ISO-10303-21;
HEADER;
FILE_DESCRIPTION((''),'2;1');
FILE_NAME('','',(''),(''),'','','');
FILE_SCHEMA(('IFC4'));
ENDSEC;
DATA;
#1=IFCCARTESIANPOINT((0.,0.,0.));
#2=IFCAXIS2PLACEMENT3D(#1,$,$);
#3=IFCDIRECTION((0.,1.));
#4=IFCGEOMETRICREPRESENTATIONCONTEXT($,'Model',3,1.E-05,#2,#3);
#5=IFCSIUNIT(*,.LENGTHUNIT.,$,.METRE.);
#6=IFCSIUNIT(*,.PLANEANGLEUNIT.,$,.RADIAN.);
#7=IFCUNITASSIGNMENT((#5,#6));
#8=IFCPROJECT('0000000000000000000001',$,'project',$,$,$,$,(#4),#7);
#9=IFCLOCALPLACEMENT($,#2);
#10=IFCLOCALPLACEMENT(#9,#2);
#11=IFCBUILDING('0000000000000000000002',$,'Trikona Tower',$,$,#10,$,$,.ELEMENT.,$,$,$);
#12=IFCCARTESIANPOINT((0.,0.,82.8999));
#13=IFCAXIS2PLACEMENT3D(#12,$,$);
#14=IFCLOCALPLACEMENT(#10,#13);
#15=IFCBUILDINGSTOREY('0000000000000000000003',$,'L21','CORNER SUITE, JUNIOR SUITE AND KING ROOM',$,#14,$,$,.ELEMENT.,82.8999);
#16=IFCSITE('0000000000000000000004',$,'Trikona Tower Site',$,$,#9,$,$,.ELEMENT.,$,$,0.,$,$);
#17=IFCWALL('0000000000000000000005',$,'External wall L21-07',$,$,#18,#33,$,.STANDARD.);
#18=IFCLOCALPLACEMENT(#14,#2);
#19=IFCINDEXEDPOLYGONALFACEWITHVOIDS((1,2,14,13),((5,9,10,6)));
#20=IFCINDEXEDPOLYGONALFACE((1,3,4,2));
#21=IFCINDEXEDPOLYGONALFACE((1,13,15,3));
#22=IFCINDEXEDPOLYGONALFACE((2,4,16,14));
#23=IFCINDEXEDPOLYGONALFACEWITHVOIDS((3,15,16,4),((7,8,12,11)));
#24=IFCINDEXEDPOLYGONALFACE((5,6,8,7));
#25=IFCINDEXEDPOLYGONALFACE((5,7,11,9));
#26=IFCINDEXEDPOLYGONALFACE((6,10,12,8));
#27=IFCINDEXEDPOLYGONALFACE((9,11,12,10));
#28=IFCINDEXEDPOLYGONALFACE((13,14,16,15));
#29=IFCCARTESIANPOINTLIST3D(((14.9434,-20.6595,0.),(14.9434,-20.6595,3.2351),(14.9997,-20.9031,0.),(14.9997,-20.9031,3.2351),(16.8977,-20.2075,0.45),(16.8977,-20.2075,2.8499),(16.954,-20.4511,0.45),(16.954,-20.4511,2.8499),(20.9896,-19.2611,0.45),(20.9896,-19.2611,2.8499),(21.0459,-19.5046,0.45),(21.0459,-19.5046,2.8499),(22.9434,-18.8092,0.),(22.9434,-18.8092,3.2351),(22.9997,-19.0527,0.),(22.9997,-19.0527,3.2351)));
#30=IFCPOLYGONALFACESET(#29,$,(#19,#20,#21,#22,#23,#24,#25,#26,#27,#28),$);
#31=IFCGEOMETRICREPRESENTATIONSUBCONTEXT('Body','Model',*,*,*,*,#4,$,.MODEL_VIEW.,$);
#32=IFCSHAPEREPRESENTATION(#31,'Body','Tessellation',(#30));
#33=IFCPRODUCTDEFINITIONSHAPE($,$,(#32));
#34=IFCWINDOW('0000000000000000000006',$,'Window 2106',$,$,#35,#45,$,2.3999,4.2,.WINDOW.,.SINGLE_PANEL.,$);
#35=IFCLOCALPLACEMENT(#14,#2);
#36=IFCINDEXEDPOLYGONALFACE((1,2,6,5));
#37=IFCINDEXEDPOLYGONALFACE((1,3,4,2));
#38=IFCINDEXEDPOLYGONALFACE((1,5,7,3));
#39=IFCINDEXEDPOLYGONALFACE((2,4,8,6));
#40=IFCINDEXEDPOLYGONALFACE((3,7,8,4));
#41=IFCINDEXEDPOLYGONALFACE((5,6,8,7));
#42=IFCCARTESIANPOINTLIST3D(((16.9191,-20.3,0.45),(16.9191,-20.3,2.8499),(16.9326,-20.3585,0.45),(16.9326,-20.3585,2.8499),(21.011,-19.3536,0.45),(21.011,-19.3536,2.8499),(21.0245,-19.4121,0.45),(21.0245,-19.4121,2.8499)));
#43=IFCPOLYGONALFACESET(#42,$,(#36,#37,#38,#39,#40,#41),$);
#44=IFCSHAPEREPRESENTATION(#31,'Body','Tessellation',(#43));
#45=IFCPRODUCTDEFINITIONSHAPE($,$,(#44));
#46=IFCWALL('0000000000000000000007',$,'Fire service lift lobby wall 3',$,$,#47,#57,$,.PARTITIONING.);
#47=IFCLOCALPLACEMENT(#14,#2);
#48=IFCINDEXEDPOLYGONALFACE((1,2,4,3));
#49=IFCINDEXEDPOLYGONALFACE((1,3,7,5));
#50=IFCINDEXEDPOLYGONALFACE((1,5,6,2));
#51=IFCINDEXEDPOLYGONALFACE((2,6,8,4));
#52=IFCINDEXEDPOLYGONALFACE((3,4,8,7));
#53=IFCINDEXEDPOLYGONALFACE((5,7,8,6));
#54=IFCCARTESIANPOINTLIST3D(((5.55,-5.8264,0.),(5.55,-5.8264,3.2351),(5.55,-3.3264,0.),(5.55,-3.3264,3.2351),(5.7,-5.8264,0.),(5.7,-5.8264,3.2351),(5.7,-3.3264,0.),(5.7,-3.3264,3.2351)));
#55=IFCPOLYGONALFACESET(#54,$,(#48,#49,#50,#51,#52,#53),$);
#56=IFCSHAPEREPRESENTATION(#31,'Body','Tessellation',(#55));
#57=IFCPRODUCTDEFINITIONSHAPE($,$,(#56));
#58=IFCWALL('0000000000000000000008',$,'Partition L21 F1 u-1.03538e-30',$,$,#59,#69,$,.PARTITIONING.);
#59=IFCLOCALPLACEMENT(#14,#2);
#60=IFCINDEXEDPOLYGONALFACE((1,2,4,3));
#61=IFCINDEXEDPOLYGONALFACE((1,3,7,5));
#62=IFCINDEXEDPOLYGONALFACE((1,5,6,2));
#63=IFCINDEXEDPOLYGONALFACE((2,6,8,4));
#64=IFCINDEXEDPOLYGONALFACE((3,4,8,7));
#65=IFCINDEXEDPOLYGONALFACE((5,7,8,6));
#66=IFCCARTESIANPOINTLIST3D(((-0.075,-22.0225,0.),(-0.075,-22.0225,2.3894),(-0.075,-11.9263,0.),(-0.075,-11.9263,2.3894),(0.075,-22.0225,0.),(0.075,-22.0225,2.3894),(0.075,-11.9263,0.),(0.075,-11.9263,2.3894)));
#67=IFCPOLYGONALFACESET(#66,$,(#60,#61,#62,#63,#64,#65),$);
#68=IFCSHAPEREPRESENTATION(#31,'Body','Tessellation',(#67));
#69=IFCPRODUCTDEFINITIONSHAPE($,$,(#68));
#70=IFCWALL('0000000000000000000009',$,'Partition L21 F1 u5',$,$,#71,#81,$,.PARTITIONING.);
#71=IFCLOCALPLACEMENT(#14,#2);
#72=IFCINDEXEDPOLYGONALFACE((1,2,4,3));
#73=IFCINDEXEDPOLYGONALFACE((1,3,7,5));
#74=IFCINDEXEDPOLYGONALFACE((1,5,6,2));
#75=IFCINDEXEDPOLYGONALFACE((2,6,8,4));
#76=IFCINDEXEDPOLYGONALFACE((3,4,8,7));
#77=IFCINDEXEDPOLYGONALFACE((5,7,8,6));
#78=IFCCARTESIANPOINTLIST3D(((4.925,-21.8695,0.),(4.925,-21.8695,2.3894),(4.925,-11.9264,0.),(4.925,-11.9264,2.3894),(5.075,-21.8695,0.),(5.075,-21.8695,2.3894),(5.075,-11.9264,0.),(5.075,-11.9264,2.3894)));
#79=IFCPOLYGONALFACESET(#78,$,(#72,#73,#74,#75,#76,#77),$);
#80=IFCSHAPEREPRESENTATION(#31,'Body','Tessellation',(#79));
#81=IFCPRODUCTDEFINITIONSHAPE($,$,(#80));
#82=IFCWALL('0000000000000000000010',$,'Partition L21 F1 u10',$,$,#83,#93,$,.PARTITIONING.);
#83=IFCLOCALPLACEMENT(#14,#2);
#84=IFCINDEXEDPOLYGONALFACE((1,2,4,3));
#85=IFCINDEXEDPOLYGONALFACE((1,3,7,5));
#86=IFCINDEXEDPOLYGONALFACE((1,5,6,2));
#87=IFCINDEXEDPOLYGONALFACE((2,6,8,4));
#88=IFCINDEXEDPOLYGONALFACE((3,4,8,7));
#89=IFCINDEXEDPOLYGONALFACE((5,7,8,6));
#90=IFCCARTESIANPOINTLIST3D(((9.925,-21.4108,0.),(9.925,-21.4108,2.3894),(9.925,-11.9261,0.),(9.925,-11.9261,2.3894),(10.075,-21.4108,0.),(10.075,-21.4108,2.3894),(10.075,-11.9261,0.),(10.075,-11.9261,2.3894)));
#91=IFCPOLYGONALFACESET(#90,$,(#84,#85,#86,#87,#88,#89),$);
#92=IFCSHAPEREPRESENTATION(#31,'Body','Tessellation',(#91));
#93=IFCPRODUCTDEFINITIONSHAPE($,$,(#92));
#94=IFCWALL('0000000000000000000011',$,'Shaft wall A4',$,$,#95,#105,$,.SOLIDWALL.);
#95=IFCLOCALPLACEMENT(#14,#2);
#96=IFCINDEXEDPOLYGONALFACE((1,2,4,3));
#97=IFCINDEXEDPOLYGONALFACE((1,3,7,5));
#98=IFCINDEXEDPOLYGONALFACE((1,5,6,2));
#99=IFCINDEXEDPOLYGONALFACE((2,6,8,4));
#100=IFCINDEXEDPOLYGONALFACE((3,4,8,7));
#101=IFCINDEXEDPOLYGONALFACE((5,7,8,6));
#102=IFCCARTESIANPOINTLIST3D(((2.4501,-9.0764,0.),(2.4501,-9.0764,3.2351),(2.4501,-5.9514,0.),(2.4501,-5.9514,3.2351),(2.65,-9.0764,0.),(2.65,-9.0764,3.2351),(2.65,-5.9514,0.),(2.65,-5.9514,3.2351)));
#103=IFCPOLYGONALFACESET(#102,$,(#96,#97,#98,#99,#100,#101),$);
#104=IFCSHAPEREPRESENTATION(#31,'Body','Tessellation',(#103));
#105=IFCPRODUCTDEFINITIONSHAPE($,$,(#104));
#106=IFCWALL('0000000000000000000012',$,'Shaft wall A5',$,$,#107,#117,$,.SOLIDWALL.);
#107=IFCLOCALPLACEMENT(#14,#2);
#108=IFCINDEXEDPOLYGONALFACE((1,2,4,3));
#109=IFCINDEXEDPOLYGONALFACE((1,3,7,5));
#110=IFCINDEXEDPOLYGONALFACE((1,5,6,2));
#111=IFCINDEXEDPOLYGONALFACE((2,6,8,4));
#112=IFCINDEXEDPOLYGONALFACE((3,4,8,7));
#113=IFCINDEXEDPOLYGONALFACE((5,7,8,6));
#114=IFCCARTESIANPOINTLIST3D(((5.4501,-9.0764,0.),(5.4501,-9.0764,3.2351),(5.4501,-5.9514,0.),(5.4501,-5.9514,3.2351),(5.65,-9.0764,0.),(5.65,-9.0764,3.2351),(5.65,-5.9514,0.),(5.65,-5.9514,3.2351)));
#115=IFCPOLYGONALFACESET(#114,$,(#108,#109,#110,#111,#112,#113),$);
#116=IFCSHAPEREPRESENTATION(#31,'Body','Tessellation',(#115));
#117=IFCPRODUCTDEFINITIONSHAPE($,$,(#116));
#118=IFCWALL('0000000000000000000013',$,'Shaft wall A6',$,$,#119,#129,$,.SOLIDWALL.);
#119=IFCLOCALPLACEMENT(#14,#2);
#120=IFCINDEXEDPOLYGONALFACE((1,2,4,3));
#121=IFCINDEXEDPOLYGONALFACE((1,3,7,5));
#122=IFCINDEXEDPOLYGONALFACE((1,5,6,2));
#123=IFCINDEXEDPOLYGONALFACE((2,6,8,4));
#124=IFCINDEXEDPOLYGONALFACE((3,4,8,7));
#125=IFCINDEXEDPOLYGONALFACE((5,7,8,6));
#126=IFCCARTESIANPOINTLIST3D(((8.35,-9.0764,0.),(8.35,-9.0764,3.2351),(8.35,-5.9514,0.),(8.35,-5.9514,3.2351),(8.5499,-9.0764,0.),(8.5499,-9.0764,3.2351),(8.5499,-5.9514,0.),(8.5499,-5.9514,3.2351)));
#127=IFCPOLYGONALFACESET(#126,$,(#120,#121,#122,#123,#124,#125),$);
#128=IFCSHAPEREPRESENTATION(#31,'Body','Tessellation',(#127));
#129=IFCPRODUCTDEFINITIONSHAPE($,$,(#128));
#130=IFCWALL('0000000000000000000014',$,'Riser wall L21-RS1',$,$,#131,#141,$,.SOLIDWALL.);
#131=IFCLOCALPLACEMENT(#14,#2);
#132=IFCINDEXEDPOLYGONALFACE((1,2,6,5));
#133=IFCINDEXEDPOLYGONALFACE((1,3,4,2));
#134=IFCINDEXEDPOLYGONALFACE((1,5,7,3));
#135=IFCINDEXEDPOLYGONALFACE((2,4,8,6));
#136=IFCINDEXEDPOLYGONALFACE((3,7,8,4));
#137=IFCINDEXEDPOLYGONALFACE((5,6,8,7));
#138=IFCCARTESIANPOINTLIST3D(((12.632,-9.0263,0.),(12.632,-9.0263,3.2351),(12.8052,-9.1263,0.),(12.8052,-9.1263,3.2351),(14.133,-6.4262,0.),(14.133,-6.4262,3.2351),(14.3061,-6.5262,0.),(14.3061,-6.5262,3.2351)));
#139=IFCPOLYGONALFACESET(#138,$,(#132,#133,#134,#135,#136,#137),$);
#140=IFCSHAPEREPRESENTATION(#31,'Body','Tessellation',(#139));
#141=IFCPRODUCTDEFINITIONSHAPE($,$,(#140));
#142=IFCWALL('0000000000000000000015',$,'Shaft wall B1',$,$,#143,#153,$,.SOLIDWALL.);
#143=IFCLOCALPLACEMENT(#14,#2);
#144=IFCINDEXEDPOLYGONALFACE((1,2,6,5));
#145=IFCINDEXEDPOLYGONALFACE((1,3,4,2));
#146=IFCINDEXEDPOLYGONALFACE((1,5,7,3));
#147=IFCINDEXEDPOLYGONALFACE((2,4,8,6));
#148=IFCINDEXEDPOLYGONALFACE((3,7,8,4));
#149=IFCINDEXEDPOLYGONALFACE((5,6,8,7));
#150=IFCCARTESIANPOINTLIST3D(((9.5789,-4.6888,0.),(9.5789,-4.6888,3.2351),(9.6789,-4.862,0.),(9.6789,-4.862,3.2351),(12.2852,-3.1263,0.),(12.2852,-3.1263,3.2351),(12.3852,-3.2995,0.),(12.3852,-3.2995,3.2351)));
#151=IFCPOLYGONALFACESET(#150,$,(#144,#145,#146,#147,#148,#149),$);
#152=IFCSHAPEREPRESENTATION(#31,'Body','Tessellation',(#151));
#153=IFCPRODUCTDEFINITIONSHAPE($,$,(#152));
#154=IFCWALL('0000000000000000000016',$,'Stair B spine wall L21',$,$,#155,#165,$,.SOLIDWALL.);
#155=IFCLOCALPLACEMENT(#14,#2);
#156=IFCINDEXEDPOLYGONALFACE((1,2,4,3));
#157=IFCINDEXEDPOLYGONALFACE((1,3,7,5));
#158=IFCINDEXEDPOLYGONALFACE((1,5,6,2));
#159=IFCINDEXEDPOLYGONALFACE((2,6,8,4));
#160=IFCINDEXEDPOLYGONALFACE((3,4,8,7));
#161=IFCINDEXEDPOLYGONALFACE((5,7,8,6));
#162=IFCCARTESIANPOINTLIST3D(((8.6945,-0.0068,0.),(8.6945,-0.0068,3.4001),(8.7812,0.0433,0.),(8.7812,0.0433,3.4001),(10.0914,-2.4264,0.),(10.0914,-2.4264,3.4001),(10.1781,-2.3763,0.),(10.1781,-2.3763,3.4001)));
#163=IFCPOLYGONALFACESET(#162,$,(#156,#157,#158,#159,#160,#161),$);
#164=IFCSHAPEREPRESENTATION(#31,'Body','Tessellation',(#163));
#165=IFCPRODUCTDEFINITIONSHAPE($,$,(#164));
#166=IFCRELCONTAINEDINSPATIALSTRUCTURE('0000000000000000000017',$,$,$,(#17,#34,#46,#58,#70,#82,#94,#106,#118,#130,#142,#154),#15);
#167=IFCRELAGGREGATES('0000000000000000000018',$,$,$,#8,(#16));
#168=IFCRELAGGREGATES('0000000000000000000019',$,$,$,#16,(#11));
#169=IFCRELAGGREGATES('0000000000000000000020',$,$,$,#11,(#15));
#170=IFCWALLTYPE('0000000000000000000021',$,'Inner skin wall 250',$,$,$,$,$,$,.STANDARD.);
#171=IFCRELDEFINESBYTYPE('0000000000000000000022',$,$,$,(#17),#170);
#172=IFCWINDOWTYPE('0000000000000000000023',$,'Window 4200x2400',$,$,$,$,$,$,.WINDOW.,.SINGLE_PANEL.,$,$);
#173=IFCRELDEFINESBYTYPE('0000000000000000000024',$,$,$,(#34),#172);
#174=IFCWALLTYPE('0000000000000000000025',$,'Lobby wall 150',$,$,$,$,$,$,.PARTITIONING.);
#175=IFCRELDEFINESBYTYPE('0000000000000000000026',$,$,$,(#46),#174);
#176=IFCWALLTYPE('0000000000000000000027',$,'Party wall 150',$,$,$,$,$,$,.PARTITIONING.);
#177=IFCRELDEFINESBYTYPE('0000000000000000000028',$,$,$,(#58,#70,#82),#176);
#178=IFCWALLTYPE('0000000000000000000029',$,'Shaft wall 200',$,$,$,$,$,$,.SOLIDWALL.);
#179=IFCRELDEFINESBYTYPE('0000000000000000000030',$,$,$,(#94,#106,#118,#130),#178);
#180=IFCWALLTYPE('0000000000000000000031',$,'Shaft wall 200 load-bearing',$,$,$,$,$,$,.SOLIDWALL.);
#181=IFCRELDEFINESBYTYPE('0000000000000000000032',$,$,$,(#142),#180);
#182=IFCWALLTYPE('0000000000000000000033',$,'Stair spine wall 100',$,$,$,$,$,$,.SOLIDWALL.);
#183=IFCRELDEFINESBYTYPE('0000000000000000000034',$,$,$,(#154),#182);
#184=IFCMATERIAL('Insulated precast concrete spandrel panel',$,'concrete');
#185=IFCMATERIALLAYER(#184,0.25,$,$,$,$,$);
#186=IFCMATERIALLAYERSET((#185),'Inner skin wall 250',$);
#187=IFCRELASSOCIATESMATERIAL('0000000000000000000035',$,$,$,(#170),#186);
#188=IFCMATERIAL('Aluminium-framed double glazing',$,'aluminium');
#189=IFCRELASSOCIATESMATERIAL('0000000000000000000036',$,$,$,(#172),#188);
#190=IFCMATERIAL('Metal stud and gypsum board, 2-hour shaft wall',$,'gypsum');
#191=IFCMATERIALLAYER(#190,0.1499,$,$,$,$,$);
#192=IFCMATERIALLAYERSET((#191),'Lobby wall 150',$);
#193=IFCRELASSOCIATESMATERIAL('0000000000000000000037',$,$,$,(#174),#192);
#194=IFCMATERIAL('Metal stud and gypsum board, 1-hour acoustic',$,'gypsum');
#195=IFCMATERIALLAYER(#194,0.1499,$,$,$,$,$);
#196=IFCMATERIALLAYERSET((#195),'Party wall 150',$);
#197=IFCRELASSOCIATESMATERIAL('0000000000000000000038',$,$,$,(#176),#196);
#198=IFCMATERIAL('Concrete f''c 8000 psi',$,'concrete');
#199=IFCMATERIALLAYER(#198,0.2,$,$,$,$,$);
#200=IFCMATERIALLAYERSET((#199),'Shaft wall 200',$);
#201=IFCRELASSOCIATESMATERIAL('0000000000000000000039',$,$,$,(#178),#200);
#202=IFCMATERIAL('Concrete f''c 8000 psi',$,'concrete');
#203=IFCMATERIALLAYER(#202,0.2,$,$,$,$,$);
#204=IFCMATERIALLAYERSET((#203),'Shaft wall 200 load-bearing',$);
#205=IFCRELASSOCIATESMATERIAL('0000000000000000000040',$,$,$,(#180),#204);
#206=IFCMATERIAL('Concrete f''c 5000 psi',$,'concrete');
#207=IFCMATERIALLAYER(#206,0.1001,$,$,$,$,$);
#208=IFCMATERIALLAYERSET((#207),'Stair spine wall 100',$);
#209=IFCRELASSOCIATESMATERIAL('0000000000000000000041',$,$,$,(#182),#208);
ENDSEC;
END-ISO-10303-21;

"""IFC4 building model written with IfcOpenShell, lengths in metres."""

from ifc_helpers import new_model, si_unit, direction, frame, frame_2d, origin, place, context, subcontext, project, spatial, rectangle, extrude, material, layer, layer_set, type_object, element, fill, save


model = new_model("IFC4")

# Units and contexts
model_context = context("Model", 3, precision=1e-05, world=origin(), true_north=direction((0.0, 1.0)))
body_context = subcontext(model_context, "Body", "Model", "MODEL_VIEW")
ifc_project = project(units=[si_unit("LENGTHUNIT", "METRE"), si_unit("PLANEANGLEUNIT", "RADIAN")], contexts=[model_context])

# Site, building, storey
site_placement = place(None, origin())
site = spatial("IfcSite", under=ifc_project, at=site_placement, Name="Trikona Tower Site", CompositionType="ELEMENT", RefElevation=0.0)
building_placement = place(site_placement, origin())
building = spatial("IfcBuilding", under=site, at=building_placement, Name="Trikona Tower", CompositionType="ELEMENT")
storey_placement = place(building_placement, frame((0.0, 0.0, 82.8999)))
storey = spatial("IfcBuildingStorey", under=building, at=storey_placement, Name="L21", Description="CORNER SUITE, JUNIOR SUITE AND KING ROOM", CompositionType="ELEMENT", Elevation=82.8999)

# Wall, opening, window
ifc_material_1 = material(Name="Insulated precast concrete spandrel panel", Category="concrete")
ifc_layer_1 = layer(ifc_material_1, 0.25)
ifc_layer_set_1 = layer_set([ifc_layer_1], Name="Inner skin wall 250")
wall_type_1 = type_object("IfcWallType", Name="Inner skin wall 250", PredefinedType="STANDARD", material=ifc_layer_set_1)
wall_1_placement = place(storey_placement, frame((14.9717, -20.7812, 0.0), z_axis=(0.0, 0.0, 1.0), x_axis=(0.974279, 0.225344, 0.0)))
wall_1 = element("IfcWall", 1, at=wall_1_placement, inside=storey, type_object=wall_type_1, Name="External wall L21-07", PredefinedType="STANDARD", context=body_context, shape_type="SweptSolid", body=[
    extrude(rectangle(XDim=8.2112, YDim=0.25, at=frame_2d((4.1055, 0.0))), origin(), (0.0, 0.0, 1.0), 3.2351),
])
opening_1_placement = place(wall_1_placement, frame((2.0056, 0.0, 0.45)))
opening_1 = element("IfcOpeningElement", 2, at=opening_1_placement, cuts=wall_1, PredefinedType="OPENING", context=body_context, shape_type="SweptSolid", body=[
    extrude(rectangle(XDim=4.2, YDim=2.3999, at=frame_2d((2.1001, 1.2))), frame((0.0, 0.135, 0.0), z_axis=(0.0, -1.0, 0.0), x_axis=(1.0, 0.0, 0.0)), (0.0, 0.0, 1.0), 0.27),
])
ifc_material_2 = material(Name="Aluminium-framed double glazing", Category="aluminium")
window_type = type_object("IfcWindowType", Name="Window 4200x2400", PartitioningType="SINGLE_PANEL", PredefinedType="WINDOW", material=ifc_material_2)
window_placement = place(opening_1_placement, origin())
window = element("IfcWindow", 3, at=window_placement, inside=storey, type_object=window_type, Name="Window 2106", OverallHeight=2.3999, OverallWidth=4.2, PartitioningType="SINGLE_PANEL", PredefinedType="WINDOW", context=body_context, shape_type="SweptSolid", body=[
    extrude(rectangle(XDim=4.2, YDim=2.3999, at=frame_2d((2.1001, 1.2))), frame((0.0, 0.03, 0.0), z_axis=(0.0, -1.0, 0.0), x_axis=(1.0, 0.0, 0.0)), (0.0, 0.0, 1.0), 0.0601),
])
fill(opening_1, window)

# Walls
ifc_material_3 = material(Name="Metal stud and gypsum board, 2-hour shaft wall", Category="gypsum")
ifc_layer_2 = layer(ifc_material_3, 0.1499)
ifc_layer_set_2 = layer_set([ifc_layer_2], Name="Lobby wall 150")
wall_type_2 = type_object("IfcWallType", Name="Lobby wall 150", PredefinedType="PARTITIONING", material=ifc_layer_set_2)
wall_2_placement = place(storey_placement, frame((5.625, -5.8264, 0.0), z_axis=(0.0, 0.0, 1.0), x_axis=(0.0, 1.0, 0.0)))
element("IfcWall", 4, at=wall_2_placement, inside=storey, type_object=wall_type_2, Name="Fire service lift lobby wall 3", PredefinedType="PARTITIONING", context=body_context, shape_type="SweptSolid", body=[
    extrude(rectangle(XDim=2.5, YDim=0.1499, at=frame_2d((1.25, 0.0))), origin(), (0.0, 0.0, 1.0), 3.2351),
])
ifc_material_4 = material(Name="Metal stud and gypsum board, 1-hour acoustic", Category="gypsum")
ifc_layer_3 = layer(ifc_material_4, 0.1499)
ifc_layer_set_3 = layer_set([ifc_layer_3], Name="Party wall 150")
wall_type_3 = type_object("IfcWallType", Name="Party wall 150", PredefinedType="PARTITIONING", material=ifc_layer_set_3)
wall_3_placement = place(storey_placement, frame((0.0, -11.9263, 0.0), z_axis=(0.0, 0.0, 1.0), x_axis=(0.0, -1.0, 0.0)))
element("IfcWall", 5, at=wall_3_placement, inside=storey, type_object=wall_type_3, Name="Partition L21 F1 u-1.03538e-30", PredefinedType="PARTITIONING", context=body_context, shape_type="SweptSolid", body=[
    extrude(rectangle(XDim=10.0962, YDim=0.1499, at=frame_2d((5.0481, 0.0))), origin(), (0.0, 0.0, 1.0), 2.3894),
])
wall_4_placement = place(storey_placement, frame((5.0, -11.9263, 0.0), z_axis=(0.0, 0.0, 1.0), x_axis=(0.0, -1.0, 0.0)))
element("IfcWall", 6, at=wall_4_placement, inside=storey, type_object=wall_type_3, Name="Partition L21 F1 u5", PredefinedType="PARTITIONING", context=body_context, shape_type="SweptSolid", body=[
    extrude(rectangle(XDim=9.9431, YDim=0.1499, at=frame_2d((4.9717, 0.0))), origin(), (0.0, 0.0, 1.0), 2.3894),
])
wall_5_placement = place(storey_placement, frame((10.0, -11.9263, 0.0), z_axis=(0.0, 0.0, 1.0), x_axis=(0.0, -1.0, 0.0)))
element("IfcWall", 7, at=wall_5_placement, inside=storey, type_object=wall_type_3, Name="Partition L21 F1 u10", PredefinedType="PARTITIONING", context=body_context, shape_type="SweptSolid", body=[
    extrude(rectangle(XDim=9.4846, YDim=0.1499, at=frame_2d((4.7422, 0.0))), origin(), (0.0, 0.0, 1.0), 2.3894),
])
ifc_material_5 = material(Name="Concrete f'c 8000 psi", Category="concrete")
ifc_layer_4 = layer(ifc_material_5, 0.2)
ifc_layer_set_4 = layer_set([ifc_layer_4], Name="Shaft wall 200")
wall_type_4 = type_object("IfcWallType", Name="Shaft wall 200", PredefinedType="SOLIDWALL", material=ifc_layer_set_4)
for number, where, z_axis, x_axis, name in (
    (8, (2.55, -5.9514, 0.0), (0.0, 0.0, 1.0), (0.0, -1.0, 0.0), "Shaft wall A4"),
    (9, (5.55, -5.9514, 0.0), (0.0, 0.0, 1.0), (0.0, -1.0, 0.0), "Shaft wall A5"),
    (10, (8.45, -5.9514, 0.0), (0.0, 0.0, 1.0), (0.0, -1.0, 0.0), "Shaft wall A6"),
):
    element("IfcWall", number, at=place(storey_placement, frame(where, z_axis=z_axis, x_axis=x_axis)), inside=storey, type_object=wall_type_4, Name=name, PredefinedType="SOLIDWALL", context=body_context, shape_type="SweptSolid", body=[
        extrude(rectangle(XDim=3.125, YDim=0.2, at=frame_2d((1.5625, 0.0))), origin(), (0.0, 0.0, 1.0), 3.2351),
    ])
wall_6_placement = place(storey_placement, frame((14.2195, -6.4763, 0.0), z_axis=(0.0, 0.0, 1.0), x_axis=(-0.499952, -0.866053, 0.0)))
element("IfcWall", 11, at=wall_6_placement, inside=storey, type_object=wall_type_4, Name="Riser wall L21-RS1", PredefinedType="SOLIDWALL", context=body_context, shape_type="SweptSolid", body=[
    extrude(rectangle(XDim=3.0022, YDim=0.2, at=frame_2d((1.501, 0.0))), origin(), (0.0, 0.0, 1.0), 3.2351),
])
ifc_material_6 = material(Name="Concrete f'c 8000 psi", Category="concrete")
ifc_layer_5 = layer(ifc_material_6, 0.2)
ifc_layer_set_5 = layer_set([ifc_layer_5], Name="Shaft wall 200 load-bearing")
wall_type_5 = type_object("IfcWallType", Name="Shaft wall 200 load-bearing", PredefinedType="SOLIDWALL", material=ifc_layer_set_5)
wall_7_placement = place(storey_placement, frame((9.6289, -4.7754, 0.0), z_axis=(0.0, 0.0, 1.0), x_axis=(0.866023, 0.500004, 0.0)))
element("IfcWall", 12, at=wall_7_placement, inside=storey, type_object=wall_type_5, Name="Shaft wall B1", PredefinedType="SOLIDWALL", context=body_context, shape_type="SweptSolid", body=[
    extrude(rectangle(XDim=3.125, YDim=0.2, at=frame_2d((1.5625, 0.0))), origin(), (0.0, 0.0, 1.0), 3.2351),
])
ifc_material_7 = material(Name="Concrete f'c 5000 psi", Category="concrete")
ifc_layer_6 = layer(ifc_material_7, 0.1001)
ifc_layer_set_6 = layer_set([ifc_layer_6], Name="Stair spine wall 100")
wall_type_6 = type_object("IfcWallType", Name="Stair spine wall 100", PredefinedType="SOLIDWALL", material=ifc_layer_set_6)
wall_8_placement = place(storey_placement, frame((10.1348, -2.4014, 0.0), z_axis=(0.0, 0.0, 1.0), x_axis=(-0.499992, 0.86603, 0.0)))
element("IfcWall", 13, at=wall_8_placement, inside=storey, type_object=wall_type_6, Name="Stair B spine wall L21", PredefinedType="SOLIDWALL", context=body_context, shape_type="SweptSolid", body=[
    extrude(rectangle(XDim=2.7939, YDim=0.1001, at=frame_2d((1.397, 0.0))), origin(), (0.0, 0.0, 1.0), 3.4001),
])

save(model, "model.ifc")
